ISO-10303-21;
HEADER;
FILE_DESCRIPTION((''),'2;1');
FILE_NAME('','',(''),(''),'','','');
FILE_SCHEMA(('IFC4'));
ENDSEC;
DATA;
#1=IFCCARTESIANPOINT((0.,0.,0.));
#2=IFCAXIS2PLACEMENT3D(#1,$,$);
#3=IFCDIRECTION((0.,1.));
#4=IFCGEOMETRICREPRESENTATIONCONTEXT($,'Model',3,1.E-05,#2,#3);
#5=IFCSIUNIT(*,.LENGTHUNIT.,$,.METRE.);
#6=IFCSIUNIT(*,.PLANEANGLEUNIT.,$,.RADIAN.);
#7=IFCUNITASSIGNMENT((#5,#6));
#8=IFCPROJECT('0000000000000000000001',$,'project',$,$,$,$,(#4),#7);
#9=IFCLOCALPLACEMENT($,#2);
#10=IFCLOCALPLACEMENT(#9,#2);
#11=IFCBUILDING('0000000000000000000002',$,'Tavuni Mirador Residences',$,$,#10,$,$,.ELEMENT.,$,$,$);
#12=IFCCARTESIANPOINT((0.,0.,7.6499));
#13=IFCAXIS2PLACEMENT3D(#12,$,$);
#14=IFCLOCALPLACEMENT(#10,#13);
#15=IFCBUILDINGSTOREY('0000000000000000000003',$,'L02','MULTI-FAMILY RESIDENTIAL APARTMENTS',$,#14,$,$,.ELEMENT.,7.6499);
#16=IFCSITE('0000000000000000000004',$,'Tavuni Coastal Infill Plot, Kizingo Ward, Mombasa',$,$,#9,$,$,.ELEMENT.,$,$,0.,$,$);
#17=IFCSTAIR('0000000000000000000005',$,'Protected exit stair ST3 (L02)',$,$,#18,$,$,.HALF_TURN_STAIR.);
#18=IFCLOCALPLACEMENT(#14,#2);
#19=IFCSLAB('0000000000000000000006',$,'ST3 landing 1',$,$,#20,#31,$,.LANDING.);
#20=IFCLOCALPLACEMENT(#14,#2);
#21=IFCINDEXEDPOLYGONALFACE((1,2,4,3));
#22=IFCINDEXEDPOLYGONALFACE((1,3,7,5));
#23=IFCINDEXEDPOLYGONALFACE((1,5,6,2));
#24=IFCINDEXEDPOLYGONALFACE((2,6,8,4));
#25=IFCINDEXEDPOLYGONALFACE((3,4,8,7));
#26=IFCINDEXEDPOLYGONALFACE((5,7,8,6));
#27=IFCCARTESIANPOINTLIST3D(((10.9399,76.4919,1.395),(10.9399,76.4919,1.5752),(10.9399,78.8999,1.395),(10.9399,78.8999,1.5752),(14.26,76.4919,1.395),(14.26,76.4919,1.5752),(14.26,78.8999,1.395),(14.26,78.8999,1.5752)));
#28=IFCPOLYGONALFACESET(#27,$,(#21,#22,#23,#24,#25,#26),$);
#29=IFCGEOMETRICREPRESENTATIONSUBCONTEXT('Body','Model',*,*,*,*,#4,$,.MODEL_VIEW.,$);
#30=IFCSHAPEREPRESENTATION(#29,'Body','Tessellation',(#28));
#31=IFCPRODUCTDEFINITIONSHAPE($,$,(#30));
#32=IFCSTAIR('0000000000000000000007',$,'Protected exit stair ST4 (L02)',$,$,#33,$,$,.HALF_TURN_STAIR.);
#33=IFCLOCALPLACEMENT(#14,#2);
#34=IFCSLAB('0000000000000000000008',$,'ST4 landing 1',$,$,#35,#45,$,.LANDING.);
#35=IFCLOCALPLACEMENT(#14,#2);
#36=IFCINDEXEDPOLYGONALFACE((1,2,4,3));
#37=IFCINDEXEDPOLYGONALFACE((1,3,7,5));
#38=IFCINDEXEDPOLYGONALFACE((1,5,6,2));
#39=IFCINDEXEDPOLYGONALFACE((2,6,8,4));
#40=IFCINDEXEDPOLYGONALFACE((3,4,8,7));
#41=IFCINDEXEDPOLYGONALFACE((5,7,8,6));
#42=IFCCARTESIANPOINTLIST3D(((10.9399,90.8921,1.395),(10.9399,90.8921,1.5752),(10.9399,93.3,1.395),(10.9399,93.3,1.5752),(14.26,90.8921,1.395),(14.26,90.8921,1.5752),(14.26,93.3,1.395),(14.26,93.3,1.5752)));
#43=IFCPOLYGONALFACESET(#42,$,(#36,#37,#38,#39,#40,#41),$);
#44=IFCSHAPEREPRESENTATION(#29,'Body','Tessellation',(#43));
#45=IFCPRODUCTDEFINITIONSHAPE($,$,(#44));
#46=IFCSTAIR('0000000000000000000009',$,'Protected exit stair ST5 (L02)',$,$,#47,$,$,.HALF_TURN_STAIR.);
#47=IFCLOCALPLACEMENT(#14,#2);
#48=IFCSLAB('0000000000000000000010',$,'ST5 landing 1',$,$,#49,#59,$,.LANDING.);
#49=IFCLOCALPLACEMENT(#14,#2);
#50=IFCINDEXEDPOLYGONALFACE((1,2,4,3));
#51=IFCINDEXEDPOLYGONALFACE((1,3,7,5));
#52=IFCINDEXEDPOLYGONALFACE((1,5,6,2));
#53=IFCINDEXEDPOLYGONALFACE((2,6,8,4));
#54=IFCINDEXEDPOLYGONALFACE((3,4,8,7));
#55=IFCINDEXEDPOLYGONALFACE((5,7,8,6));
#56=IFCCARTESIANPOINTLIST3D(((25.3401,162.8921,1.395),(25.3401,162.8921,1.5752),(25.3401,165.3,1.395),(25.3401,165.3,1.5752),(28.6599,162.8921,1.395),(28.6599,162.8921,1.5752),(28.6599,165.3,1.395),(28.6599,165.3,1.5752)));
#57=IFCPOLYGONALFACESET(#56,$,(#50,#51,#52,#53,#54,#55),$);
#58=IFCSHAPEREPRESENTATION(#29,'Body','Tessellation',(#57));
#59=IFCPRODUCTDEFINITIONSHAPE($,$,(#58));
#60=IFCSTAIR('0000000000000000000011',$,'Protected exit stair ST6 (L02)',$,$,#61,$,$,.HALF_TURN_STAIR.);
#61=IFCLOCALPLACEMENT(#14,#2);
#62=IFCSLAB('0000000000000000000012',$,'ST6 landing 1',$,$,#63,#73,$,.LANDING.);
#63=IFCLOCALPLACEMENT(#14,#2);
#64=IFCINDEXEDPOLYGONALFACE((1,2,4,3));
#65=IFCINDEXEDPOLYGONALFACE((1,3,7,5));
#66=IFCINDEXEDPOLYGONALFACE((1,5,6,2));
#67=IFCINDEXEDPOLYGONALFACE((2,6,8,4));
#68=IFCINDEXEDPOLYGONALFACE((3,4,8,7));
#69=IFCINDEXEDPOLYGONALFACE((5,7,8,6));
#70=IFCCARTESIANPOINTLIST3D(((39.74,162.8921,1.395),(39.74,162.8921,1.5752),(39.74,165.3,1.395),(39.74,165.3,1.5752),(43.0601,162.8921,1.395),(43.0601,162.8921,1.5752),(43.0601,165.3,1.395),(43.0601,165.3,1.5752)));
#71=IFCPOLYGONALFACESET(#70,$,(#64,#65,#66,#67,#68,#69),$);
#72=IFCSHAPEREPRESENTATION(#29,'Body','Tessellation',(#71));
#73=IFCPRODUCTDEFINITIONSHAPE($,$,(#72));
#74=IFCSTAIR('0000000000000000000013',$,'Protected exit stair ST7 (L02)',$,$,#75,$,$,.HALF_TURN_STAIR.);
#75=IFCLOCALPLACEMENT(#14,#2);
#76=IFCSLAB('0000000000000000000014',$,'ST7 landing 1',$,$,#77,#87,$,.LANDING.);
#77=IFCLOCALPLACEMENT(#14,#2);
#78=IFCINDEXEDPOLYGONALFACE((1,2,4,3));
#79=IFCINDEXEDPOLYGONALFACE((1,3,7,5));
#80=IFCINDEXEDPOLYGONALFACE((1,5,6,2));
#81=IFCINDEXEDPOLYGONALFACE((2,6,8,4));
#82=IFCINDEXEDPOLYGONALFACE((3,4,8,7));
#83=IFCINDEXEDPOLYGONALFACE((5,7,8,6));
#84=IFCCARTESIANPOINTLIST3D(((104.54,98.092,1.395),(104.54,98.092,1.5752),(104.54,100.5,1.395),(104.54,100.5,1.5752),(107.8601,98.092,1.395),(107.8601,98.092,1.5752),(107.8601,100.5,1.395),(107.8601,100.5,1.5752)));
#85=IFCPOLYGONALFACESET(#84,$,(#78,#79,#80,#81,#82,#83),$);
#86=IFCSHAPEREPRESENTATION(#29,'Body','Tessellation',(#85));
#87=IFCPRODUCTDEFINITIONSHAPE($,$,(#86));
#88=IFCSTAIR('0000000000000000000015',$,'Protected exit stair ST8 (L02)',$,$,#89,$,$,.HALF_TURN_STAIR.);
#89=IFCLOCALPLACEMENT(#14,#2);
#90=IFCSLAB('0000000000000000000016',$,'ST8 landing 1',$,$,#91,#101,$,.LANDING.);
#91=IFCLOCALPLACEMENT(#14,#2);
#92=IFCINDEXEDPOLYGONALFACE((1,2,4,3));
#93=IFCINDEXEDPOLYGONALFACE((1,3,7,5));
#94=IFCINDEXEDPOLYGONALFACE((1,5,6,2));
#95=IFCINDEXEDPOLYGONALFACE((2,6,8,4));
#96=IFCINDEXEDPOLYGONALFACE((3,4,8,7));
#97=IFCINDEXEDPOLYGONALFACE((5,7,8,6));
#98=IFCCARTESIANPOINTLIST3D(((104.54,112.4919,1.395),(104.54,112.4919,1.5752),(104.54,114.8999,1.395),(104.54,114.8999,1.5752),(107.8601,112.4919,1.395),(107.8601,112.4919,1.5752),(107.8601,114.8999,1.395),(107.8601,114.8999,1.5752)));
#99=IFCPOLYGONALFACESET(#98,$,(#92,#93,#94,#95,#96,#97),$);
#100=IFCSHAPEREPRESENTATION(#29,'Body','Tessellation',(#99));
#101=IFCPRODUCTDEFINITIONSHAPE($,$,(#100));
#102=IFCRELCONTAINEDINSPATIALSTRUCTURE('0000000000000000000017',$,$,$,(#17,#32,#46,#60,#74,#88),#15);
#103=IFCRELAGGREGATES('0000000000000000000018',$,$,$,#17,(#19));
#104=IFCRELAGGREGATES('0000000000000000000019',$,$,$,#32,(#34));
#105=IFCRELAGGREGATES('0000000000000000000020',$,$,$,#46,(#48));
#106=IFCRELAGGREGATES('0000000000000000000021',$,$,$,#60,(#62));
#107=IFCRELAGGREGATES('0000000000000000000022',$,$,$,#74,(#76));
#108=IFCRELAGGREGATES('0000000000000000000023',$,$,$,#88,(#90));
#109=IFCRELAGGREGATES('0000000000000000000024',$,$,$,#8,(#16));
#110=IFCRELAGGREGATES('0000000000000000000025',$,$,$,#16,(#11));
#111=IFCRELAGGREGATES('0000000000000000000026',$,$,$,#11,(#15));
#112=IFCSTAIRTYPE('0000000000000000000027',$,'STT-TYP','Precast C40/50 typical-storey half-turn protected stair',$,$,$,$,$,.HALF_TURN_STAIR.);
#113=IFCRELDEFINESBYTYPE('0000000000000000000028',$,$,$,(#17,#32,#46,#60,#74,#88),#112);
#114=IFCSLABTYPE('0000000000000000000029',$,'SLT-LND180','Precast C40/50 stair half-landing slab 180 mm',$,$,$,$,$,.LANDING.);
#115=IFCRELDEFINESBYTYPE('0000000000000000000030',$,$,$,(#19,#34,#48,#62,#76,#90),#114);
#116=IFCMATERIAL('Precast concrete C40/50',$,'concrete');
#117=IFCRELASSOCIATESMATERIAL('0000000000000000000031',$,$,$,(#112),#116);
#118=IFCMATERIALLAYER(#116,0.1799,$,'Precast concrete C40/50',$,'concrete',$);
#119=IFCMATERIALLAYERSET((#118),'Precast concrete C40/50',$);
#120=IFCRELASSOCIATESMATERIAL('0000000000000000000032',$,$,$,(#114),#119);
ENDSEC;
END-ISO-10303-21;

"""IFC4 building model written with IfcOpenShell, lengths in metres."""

from ifc_helpers import new_model, si_unit, direction, frame, origin, place, context, subcontext, project, spatial, polyline, outline, extrude, material, layer, layer_set, type_object, element, aggregate, save


model = new_model("IFC4")

# Units and contexts
model_context = context("Model", 3, precision=1e-05, world=origin(), true_north=direction((0.0, 1.0)))
body_context = subcontext(model_context, "Body", "Model", "MODEL_VIEW")
ifc_project = project(units=[si_unit("LENGTHUNIT", "METRE"), si_unit("PLANEANGLEUNIT", "RADIAN")], contexts=[model_context])

# Site, building, storey
site_placement = place(None, origin())
site = spatial("IfcSite", under=ifc_project, at=site_placement, Name="Tavuni Coastal Infill Plot, Kizingo Ward, Mombasa", CompositionType="ELEMENT", RefElevation=0.0)
building_placement = place(site_placement, origin())
building = spatial("IfcBuilding", under=site, at=building_placement, Name="Tavuni Mirador Residences", CompositionType="ELEMENT")
storey_placement = place(building_placement, frame((0.0, 0.0, 7.6499)))
storey = spatial("IfcBuildingStorey", under=building, at=storey_placement, Name="L02", Description="MULTI-FAMILY RESIDENTIAL APARTMENTS", CompositionType="ELEMENT", Elevation=7.6499)

# Stairs, slabs
ifc_material_1 = material(Name="Precast concrete C40/50", Category="concrete")
stair_type = type_object("IfcStairType", Name="STT-TYP", Description="Precast C40/50 typical-storey half-turn protected stair", PredefinedType="HALF_TURN_STAIR", material=ifc_material_1)
ifc_layer_1 = layer(ifc_material_1, 0.1799, Name="Precast concrete C40/50", Category="concrete")
ifc_layer_set_1 = layer_set([ifc_layer_1], Name="Precast concrete C40/50")
slab_type_1 = type_object("IfcSlabType", Name="SLT-LND180", Description="Precast C40/50 stair half-landing slab 180 mm", PredefinedType="LANDING", material=ifc_layer_set_1)
stair_1_placement = place(storey_placement, origin())
stair_1 = element("IfcStair", 1, at=stair_1_placement, inside=storey, type_object=stair_type, Name="Protected exit stair ST3 (L02)", PredefinedType="HALF_TURN_STAIR")
slab_1_placement = place(storey_placement, frame((0.0, 0.0, 1.395)))
slab_1 = element("IfcSlab", 2, at=slab_1_placement, type_object=slab_type_1, Name="ST3 landing 1", PredefinedType="LANDING", context=body_context, shape_type="SweptSolid", body=[
    extrude(outline(polyline([(10.9399, 76.4919), (14.26, 76.4919), (14.26, 78.8999), (10.9399, 78.8999), (10.9399, 76.4919)])), origin(), (0.0, 0.0, 1.0), 0.1802),
])
aggregate(stair_1, [slab_1])
stair_2_placement = place(storey_placement, origin())
stair_2 = element("IfcStair", 3, at=stair_2_placement, inside=storey, type_object=stair_type, Name="Protected exit stair ST4 (L02)", PredefinedType="HALF_TURN_STAIR")
slab_2_placement = place(storey_placement, frame((0.0, 0.0, 1.395)))
slab_2 = element("IfcSlab", 4, at=slab_2_placement, type_object=slab_type_1, Name="ST4 landing 1", PredefinedType="LANDING", context=body_context, shape_type="SweptSolid", body=[
    extrude(outline(polyline([(10.9399, 90.8921), (14.26, 90.8921), (14.26, 93.3), (10.9399, 93.3), (10.9399, 90.8921)])), origin(), (0.0, 0.0, 1.0), 0.1802),
])
aggregate(stair_2, [slab_2])
stair_3_placement = place(storey_placement, origin())
stair_3 = element("IfcStair", 5, at=stair_3_placement, inside=storey, type_object=stair_type, Name="Protected exit stair ST5 (L02)", PredefinedType="HALF_TURN_STAIR")
slab_3_placement = place(storey_placement, frame((0.0, 0.0, 1.395)))
slab_3 = element("IfcSlab", 6, at=slab_3_placement, type_object=slab_type_1, Name="ST5 landing 1", PredefinedType="LANDING", context=body_context, shape_type="SweptSolid", body=[
    extrude(outline(polyline([(25.3401, 162.8921), (28.6599, 162.8921), (28.6599, 165.3), (25.3401, 165.3), (25.3401, 162.8921)])), origin(), (0.0, 0.0, 1.0), 0.1802),
])
aggregate(stair_3, [slab_3])
stair_4_placement = place(storey_placement, origin())
stair_4 = element("IfcStair", 7, at=stair_4_placement, inside=storey, type_object=stair_type, Name="Protected exit stair ST6 (L02)", PredefinedType="HALF_TURN_STAIR")
slab_4_placement = place(storey_placement, frame((0.0, 0.0, 1.395)))
slab_4 = element("IfcSlab", 8, at=slab_4_placement, type_object=slab_type_1, Name="ST6 landing 1", PredefinedType="LANDING", context=body_context, shape_type="SweptSolid", body=[
    extrude(outline(polyline([(39.74, 162.8921), (43.0601, 162.8921), (43.0601, 165.3), (39.74, 165.3), (39.74, 162.8921)])), origin(), (0.0, 0.0, 1.0), 0.1802),
])
aggregate(stair_4, [slab_4])
stair_5_placement = place(storey_placement, origin())
stair_5 = element("IfcStair", 9, at=stair_5_placement, inside=storey, type_object=stair_type, Name="Protected exit stair ST7 (L02)", PredefinedType="HALF_TURN_STAIR")
slab_5_placement = place(storey_placement, frame((0.0, 0.0, 1.395)))
slab_5 = element("IfcSlab", 10, at=slab_5_placement, type_object=slab_type_1, Name="ST7 landing 1", PredefinedType="LANDING", context=body_context, shape_type="SweptSolid", body=[
    extrude(outline(polyline([(104.54, 98.092), (107.8601, 98.092), (107.8601, 100.5), (104.54, 100.5), (104.54, 98.092)])), origin(), (0.0, 0.0, 1.0), 0.1802),
])
aggregate(stair_5, [slab_5])
stair_6_placement = place(storey_placement, origin())
stair_6 = element("IfcStair", 11, at=stair_6_placement, inside=storey, type_object=stair_type, Name="Protected exit stair ST8 (L02)", PredefinedType="HALF_TURN_STAIR")
slab_6_placement = place(storey_placement, frame((0.0, 0.0, 1.395)))
slab_6 = element("IfcSlab", 12, at=slab_6_placement, type_object=slab_type_1, Name="ST8 landing 1", PredefinedType="LANDING", context=body_context, shape_type="SweptSolid", body=[
    extrude(outline(polyline([(104.54, 112.4919), (107.8601, 112.4919), (107.8601, 114.8999), (104.54, 114.8999), (104.54, 112.4919)])), origin(), (0.0, 0.0, 1.0), 0.1802),
])
aggregate(stair_6, [slab_6])

save(model, "model.ifc")
